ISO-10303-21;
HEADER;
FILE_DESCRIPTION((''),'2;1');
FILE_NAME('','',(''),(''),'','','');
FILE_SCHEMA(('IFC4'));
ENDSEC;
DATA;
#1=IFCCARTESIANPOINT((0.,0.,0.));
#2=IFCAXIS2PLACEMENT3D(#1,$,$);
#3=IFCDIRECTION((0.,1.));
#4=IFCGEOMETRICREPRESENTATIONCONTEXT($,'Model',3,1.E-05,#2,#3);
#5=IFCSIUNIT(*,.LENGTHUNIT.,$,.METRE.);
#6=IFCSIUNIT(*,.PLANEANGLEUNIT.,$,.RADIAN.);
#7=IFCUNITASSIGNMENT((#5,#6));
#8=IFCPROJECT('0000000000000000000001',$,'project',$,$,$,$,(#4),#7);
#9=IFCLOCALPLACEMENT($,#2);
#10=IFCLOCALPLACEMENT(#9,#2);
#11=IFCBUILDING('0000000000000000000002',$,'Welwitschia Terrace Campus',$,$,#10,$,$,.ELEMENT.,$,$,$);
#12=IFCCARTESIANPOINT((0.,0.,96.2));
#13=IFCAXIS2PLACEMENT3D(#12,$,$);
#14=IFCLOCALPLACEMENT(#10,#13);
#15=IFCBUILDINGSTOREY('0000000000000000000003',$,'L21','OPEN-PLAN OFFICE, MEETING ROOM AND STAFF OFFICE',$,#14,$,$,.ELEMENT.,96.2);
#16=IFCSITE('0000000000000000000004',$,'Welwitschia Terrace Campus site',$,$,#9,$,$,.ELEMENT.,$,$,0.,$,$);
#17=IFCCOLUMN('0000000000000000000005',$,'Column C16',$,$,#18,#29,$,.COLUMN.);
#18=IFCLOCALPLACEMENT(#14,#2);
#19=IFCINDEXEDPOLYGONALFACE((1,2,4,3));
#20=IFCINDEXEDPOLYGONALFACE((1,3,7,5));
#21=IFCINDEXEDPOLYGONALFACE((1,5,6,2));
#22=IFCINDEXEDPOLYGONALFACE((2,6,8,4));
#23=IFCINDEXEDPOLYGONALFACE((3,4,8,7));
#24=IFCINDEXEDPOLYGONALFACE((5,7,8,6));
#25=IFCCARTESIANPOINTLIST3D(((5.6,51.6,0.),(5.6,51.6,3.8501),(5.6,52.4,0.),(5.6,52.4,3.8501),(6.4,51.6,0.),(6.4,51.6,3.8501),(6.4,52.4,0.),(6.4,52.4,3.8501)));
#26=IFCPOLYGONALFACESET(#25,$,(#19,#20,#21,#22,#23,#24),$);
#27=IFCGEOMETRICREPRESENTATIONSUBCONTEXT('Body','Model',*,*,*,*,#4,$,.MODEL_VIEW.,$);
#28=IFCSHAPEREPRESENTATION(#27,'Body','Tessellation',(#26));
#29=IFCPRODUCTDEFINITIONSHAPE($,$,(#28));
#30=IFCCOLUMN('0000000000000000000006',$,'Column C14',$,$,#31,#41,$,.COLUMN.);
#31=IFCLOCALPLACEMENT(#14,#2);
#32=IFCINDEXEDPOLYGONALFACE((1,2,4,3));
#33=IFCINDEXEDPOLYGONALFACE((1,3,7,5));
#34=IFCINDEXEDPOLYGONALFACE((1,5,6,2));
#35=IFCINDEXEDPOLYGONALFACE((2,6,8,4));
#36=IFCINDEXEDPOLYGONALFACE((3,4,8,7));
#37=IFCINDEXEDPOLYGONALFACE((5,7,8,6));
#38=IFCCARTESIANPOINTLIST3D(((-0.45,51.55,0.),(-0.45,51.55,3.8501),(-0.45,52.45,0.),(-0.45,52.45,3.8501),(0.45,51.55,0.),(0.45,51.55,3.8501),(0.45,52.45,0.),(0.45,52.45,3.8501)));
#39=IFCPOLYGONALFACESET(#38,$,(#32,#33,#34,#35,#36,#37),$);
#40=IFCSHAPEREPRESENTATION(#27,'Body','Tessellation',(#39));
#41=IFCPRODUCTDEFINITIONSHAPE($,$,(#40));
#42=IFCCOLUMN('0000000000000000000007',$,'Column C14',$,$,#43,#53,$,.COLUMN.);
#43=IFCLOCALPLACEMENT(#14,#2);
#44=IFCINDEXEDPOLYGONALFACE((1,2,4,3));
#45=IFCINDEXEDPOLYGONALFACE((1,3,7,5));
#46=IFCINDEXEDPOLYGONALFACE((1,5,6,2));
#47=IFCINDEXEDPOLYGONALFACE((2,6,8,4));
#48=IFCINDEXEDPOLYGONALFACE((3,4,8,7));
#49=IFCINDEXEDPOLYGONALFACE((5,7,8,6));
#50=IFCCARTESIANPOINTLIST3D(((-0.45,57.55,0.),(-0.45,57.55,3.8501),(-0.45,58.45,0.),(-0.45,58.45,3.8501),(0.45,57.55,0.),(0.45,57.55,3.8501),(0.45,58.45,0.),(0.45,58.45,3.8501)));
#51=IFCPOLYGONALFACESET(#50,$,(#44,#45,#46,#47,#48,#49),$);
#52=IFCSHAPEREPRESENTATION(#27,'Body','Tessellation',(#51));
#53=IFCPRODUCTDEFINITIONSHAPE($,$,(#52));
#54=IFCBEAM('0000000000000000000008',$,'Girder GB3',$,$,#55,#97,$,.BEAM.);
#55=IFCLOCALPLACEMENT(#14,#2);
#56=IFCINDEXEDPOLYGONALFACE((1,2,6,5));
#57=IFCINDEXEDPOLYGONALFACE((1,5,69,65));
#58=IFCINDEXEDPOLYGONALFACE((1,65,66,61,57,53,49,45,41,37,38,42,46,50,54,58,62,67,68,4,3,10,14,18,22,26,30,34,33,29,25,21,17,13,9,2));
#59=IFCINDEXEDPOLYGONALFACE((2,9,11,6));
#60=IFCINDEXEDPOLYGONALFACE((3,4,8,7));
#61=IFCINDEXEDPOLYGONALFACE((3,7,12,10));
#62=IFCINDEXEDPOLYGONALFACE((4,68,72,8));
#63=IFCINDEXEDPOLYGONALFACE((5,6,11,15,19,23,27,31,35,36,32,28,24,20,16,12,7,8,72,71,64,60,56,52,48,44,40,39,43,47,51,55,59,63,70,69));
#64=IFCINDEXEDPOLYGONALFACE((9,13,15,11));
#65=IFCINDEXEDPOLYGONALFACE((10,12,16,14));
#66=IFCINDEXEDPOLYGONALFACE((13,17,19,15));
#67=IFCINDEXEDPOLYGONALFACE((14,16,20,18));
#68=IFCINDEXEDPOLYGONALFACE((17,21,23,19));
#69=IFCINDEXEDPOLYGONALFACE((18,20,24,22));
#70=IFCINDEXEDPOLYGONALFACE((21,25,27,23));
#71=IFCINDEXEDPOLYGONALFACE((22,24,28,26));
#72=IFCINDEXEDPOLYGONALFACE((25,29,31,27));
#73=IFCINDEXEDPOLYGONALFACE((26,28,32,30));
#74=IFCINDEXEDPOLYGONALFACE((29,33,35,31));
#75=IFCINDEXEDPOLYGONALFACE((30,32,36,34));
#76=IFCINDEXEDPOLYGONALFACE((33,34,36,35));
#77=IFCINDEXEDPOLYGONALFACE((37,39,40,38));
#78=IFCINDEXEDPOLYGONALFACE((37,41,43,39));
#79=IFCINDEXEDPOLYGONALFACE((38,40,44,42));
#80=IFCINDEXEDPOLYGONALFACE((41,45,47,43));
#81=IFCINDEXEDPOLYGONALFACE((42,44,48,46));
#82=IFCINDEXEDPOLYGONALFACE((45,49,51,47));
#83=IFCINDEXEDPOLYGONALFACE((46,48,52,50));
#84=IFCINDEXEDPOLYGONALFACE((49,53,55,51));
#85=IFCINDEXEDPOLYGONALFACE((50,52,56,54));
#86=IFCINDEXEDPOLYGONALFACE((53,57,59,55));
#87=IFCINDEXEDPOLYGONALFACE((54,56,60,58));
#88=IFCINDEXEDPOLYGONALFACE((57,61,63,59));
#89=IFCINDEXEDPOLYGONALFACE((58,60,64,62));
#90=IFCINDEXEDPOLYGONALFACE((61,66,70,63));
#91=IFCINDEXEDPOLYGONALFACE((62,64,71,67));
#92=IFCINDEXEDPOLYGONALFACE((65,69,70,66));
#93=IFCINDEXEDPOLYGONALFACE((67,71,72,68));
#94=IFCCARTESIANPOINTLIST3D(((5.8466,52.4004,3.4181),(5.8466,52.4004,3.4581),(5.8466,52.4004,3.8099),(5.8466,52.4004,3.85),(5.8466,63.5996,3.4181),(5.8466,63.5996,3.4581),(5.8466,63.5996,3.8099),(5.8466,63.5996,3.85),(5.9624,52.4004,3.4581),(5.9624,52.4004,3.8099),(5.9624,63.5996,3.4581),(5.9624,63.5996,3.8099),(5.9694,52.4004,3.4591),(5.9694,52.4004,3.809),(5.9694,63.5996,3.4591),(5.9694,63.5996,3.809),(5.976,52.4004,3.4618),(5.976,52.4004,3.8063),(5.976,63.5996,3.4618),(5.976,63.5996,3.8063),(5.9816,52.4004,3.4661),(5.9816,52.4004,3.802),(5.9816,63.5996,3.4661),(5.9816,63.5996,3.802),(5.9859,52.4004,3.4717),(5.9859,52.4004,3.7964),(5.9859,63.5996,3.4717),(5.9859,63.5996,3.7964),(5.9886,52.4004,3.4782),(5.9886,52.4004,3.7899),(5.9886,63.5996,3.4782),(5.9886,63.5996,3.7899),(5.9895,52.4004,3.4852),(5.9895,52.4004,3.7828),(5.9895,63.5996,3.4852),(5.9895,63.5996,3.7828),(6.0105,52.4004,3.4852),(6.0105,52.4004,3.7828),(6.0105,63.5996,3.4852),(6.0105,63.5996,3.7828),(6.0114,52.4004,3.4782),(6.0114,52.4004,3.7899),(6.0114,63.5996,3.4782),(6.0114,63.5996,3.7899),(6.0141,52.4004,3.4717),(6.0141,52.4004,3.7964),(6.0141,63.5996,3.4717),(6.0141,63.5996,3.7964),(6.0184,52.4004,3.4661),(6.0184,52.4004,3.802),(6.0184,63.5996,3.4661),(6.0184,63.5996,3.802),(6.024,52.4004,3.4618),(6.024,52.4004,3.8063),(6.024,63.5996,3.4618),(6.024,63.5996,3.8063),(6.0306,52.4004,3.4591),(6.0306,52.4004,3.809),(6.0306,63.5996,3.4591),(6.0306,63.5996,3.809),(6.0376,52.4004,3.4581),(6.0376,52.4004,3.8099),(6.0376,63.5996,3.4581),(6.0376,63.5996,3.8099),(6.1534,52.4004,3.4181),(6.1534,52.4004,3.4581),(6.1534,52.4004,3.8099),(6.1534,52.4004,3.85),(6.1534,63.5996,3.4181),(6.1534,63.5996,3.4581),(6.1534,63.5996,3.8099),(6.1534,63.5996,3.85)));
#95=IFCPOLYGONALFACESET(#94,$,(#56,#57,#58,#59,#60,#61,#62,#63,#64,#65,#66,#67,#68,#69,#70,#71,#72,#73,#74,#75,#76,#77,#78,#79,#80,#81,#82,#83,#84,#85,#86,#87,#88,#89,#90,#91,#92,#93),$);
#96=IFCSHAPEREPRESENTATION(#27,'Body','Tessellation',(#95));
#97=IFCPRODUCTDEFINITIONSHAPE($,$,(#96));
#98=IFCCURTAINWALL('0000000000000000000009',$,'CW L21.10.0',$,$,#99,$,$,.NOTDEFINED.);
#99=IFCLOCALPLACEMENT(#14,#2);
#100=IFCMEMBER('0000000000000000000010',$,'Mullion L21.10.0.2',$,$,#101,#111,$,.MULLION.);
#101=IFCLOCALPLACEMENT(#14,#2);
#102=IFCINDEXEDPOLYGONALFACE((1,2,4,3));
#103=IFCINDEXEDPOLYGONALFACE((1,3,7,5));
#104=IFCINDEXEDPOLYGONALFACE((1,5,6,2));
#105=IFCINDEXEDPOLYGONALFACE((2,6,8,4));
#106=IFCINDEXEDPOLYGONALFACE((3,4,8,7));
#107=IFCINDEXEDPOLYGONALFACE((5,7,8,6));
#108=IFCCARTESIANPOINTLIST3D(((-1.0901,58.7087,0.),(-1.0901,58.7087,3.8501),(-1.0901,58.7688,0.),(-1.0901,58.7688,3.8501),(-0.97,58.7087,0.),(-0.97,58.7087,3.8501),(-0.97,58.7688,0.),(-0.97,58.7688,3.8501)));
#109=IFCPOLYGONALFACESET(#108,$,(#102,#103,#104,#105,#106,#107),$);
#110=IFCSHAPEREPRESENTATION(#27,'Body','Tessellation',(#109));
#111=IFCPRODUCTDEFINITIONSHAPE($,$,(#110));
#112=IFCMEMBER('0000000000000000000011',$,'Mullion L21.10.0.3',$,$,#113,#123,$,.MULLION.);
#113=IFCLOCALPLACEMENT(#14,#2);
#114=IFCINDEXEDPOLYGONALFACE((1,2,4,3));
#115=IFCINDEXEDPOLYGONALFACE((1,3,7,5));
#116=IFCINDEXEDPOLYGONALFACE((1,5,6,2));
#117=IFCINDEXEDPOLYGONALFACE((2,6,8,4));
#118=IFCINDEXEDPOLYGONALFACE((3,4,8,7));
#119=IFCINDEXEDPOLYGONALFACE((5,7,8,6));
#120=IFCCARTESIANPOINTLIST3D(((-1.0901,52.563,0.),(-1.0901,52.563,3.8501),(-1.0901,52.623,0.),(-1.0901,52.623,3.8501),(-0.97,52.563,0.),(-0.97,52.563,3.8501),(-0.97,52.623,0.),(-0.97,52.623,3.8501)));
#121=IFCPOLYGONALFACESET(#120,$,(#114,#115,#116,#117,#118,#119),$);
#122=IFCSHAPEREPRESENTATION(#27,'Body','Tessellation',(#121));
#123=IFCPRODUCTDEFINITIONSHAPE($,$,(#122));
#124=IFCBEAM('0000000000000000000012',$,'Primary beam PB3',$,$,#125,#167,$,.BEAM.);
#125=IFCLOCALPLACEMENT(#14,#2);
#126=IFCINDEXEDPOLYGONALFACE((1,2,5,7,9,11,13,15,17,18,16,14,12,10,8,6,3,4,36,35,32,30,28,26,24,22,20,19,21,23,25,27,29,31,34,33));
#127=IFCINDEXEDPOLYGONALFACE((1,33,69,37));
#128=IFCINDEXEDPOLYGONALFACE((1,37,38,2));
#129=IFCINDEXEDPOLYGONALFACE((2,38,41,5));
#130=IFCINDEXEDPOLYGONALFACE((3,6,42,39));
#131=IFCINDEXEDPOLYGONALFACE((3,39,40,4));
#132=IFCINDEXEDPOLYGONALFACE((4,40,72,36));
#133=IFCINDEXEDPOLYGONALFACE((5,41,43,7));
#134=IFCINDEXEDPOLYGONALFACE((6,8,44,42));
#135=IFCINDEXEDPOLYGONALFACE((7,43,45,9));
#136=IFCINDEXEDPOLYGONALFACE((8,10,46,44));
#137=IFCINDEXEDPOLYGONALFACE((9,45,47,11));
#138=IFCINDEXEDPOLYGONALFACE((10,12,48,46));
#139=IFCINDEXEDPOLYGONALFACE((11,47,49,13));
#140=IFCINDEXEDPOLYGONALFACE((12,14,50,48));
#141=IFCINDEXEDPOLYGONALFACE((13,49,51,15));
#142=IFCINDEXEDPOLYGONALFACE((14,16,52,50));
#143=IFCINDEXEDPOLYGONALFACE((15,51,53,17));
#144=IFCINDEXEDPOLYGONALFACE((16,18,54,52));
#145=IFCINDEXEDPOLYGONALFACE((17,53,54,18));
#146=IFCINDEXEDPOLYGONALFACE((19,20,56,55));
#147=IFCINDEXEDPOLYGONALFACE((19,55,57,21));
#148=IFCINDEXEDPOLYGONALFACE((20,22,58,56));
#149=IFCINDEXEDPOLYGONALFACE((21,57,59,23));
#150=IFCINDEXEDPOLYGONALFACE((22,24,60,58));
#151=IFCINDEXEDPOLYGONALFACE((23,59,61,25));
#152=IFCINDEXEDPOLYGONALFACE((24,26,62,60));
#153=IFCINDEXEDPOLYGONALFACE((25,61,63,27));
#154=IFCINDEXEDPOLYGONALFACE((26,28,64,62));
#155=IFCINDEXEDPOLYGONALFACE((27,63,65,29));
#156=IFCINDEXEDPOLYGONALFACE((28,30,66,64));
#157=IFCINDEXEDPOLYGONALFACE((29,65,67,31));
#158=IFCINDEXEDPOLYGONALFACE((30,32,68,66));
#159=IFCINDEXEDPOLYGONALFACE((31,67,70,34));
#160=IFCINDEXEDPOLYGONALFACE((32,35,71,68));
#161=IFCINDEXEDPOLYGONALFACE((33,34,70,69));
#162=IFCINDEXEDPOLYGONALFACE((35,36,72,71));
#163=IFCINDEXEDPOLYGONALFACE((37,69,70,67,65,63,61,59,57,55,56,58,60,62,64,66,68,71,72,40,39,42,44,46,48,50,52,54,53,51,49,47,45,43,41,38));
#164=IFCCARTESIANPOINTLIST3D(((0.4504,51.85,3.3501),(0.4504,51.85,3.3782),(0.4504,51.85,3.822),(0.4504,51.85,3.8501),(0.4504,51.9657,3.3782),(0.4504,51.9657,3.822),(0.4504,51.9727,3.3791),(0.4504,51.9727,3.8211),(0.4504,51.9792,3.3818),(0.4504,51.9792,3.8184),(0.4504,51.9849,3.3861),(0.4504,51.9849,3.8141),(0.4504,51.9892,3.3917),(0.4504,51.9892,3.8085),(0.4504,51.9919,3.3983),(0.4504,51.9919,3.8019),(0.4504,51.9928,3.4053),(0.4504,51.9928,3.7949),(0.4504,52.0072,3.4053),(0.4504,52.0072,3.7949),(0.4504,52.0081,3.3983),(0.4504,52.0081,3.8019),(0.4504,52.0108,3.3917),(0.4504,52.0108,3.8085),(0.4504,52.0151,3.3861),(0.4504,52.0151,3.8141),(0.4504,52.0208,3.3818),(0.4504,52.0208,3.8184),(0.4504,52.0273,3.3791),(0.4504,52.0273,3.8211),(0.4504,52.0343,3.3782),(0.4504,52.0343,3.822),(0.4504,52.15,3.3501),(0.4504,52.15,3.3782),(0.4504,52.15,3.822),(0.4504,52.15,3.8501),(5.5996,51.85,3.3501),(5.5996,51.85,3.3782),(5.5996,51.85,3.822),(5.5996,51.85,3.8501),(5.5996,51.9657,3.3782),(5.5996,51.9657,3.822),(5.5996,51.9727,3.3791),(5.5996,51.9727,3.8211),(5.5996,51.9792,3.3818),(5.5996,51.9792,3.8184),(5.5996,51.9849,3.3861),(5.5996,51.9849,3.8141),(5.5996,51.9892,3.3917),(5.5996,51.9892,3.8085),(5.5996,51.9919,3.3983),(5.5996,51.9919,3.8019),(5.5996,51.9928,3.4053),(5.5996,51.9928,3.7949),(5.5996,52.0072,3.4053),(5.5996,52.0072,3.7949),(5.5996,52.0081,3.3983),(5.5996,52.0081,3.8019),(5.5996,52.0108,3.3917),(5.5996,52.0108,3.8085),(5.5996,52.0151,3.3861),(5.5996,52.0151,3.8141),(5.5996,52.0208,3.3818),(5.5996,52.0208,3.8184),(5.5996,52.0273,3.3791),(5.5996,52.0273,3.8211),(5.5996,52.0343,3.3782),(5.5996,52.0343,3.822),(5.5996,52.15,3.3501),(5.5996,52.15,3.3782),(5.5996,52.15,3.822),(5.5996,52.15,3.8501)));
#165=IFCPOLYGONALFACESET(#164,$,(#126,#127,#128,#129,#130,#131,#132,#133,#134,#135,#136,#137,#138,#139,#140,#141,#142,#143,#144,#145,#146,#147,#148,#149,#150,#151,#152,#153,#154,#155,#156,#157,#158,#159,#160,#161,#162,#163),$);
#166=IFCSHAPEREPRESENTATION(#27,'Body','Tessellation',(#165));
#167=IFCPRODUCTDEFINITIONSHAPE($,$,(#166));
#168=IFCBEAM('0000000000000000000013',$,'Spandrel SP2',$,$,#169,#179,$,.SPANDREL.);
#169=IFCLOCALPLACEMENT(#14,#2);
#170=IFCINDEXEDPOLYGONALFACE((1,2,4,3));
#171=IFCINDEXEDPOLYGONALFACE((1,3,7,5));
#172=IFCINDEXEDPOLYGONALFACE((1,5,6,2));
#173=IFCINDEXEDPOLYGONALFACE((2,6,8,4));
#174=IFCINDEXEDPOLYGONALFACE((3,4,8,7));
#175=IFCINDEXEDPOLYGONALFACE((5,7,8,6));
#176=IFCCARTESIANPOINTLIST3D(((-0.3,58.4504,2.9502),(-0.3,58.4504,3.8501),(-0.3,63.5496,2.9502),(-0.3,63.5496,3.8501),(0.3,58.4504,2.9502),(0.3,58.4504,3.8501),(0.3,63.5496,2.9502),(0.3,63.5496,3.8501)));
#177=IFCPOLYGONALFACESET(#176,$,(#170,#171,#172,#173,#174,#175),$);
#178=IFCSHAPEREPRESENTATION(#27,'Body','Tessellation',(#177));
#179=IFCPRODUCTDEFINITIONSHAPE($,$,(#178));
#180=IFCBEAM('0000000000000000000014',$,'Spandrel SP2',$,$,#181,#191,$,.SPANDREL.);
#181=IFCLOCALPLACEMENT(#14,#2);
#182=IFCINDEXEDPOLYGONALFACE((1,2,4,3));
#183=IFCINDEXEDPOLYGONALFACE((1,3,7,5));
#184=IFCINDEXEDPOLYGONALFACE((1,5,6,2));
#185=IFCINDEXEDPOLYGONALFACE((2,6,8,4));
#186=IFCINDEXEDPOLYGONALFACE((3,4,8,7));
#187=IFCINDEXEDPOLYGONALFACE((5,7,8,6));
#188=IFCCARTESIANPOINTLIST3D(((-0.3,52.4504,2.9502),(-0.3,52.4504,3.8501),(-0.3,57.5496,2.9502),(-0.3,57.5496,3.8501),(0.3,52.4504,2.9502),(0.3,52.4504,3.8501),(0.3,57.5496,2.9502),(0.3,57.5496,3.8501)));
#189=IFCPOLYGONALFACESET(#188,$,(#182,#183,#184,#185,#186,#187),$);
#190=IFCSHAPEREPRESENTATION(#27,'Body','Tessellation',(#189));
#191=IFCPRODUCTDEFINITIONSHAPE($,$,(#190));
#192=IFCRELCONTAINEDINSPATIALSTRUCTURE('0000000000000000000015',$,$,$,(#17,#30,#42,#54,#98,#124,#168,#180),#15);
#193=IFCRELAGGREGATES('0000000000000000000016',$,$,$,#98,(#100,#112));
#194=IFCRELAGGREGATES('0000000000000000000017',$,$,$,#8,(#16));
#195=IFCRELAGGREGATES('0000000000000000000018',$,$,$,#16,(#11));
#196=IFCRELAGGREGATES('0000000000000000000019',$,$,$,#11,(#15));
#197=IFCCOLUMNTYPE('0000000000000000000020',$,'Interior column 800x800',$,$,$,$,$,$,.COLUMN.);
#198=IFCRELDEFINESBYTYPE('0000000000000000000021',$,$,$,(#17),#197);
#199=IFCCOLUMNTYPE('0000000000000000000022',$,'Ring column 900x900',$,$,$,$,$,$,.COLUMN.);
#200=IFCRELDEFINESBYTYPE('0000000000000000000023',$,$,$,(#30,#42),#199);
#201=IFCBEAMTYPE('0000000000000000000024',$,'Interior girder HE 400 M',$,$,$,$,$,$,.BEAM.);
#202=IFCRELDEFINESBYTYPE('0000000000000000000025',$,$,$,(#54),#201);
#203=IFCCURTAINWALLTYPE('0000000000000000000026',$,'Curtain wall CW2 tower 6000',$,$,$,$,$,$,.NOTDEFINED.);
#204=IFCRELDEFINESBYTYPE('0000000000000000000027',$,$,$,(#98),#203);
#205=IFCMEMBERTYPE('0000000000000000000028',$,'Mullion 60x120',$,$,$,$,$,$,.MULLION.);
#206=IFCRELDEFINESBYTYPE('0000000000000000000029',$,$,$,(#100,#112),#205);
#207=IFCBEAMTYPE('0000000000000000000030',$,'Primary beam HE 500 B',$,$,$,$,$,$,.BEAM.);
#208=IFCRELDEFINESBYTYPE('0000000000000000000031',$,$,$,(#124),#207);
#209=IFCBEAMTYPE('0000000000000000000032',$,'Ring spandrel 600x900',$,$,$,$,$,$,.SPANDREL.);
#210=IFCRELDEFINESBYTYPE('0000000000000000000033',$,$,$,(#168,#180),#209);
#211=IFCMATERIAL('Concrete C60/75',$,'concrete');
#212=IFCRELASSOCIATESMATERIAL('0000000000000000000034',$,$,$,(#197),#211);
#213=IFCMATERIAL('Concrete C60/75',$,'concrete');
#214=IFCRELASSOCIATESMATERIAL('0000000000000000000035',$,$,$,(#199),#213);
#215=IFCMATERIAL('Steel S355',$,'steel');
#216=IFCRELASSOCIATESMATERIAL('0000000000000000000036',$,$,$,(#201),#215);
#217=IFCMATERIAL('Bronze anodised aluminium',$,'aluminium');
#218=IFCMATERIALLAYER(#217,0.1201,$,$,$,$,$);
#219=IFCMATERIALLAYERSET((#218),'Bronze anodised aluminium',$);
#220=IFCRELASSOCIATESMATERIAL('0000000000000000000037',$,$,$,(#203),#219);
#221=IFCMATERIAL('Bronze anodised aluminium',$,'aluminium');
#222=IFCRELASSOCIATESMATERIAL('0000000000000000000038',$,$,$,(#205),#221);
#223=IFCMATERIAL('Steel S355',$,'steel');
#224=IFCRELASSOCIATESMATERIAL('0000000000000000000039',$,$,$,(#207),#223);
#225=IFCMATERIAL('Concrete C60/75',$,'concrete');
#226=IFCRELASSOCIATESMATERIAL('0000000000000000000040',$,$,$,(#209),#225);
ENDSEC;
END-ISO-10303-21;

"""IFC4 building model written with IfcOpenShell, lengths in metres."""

from ifc_helpers import new_model, si_unit, direction, frame, origin, origin_2d, place, context, subcontext, project, spatial, rectangle, i_section, extrude, material, layer, layer_set, material_profile, profile_set, type_object, element, aggregate, save


model = new_model("IFC4")

# Units and contexts
model_context = context("Model", 3, precision=1e-05, world=origin(), true_north=direction((0.0, 1.0)))
body_context = subcontext(model_context, "Body", "Model", "MODEL_VIEW")
ifc_project = project(units=[si_unit("LENGTHUNIT", "METRE"), si_unit("PLANEANGLEUNIT", "RADIAN")], contexts=[model_context])

# Site, building, storey
site_placement = place(None, origin())
site = spatial("IfcSite", under=ifc_project, at=site_placement, Name="Welwitschia Terrace Campus site", CompositionType="ELEMENT", RefElevation=0.0)
building_placement = place(site_placement, origin())
building = spatial("IfcBuilding", under=site, at=building_placement, Name="Welwitschia Terrace Campus", CompositionType="ELEMENT")
storey_placement = place(building_placement, frame((0.0, 0.0, 96.2)))
storey = spatial("IfcBuildingStorey", under=building, at=storey_placement, Name="L21", Description="OPEN-PLAN OFFICE, MEETING ROOM AND STAFF OFFICE", CompositionType="ELEMENT", Elevation=96.2)

# Columns
ifc_material_1 = material(Name="Concrete C60/75", Category="concrete")
ifc_material_profile_1 = material_profile(ifc_material_1, rectangle(XDim=0.8, YDim=0.8, at=origin_2d()))
ifc_profile_set_1 = profile_set([ifc_material_profile_1], Name="Concrete C60/75")
column_type_1 = type_object("IfcColumnType", Name="Interior column 800x800", PredefinedType="COLUMN", material=ifc_profile_set_1)
column_placement = place(storey_placement, frame((6.0, 52.0, 0.0), z_axis=(0.0, 0.0, 1.0), x_axis=(1.0, 0.0, 0.0)))
element("IfcColumn", 1, at=column_placement, inside=storey, type_object=column_type_1, Name="Column C16", PredefinedType="COLUMN", context=body_context, shape_type="SweptSolid", body=[
    extrude(rectangle(XDim=0.8, YDim=0.8, at=origin_2d()), origin(), (0.0, 0.0, 1.0), 3.8501),
])
ifc_material_2 = material(Name="Concrete C60/75", Category="concrete")
ifc_material_profile_2 = material_profile(ifc_material_2, rectangle(XDim=0.8999, YDim=0.8999, at=origin_2d()))
ifc_profile_set_2 = profile_set([ifc_material_profile_2], Name="Concrete C60/75")
column_type_2 = type_object("IfcColumnType", Name="Ring column 900x900", PredefinedType="COLUMN", material=ifc_profile_set_2)
for number, where, z_axis, x_axis, name in (
    (2, (0.0, 52.0, 0.0), (0.0, 0.0, 1.0), (1.0, 0.0, 0.0), "Column C14"),
    (3, (0.0, 58.0, 0.0), (0.0, 0.0, 1.0), (1.0, 0.0, 0.0), "Column C14"),
):
    element("IfcColumn", number, at=place(storey_placement, frame(where, z_axis=z_axis, x_axis=x_axis)), inside=storey, type_object=column_type_2, Name=name, PredefinedType="COLUMN", context=body_context, shape_type="SweptSolid", body=[
        extrude(rectangle(XDim=0.8999, YDim=0.8999, at=origin_2d()), origin(), (0.0, 0.0, 1.0), 3.8501),
    ])

# Beam
ifc_material_3 = material(Name="Steel S355", Category="steel")
ifc_material_profile_3 = material_profile(ifc_material_3, i_section(OverallWidth=0.3069, OverallDepth=0.4319, WebThickness=0.021, FlangeThickness=0.04, FilletRadius=0.0271, at=origin_2d()))
ifc_profile_set_3 = profile_set([ifc_material_profile_3], Name="Steel S355")
beam_type_1 = type_object("IfcBeamType", Name="Interior girder HE 400 M", PredefinedType="BEAM", material=ifc_profile_set_3)
beam_1_placement = place(storey_placement, frame((6.0, 52.4004, 3.634), z_axis=(0.0, 1.0, 0.0), x_axis=(-1.0, 0.0, 0.0)))
element("IfcBeam", 4, at=beam_1_placement, inside=storey, type_object=beam_type_1, Name="Girder GB3", PredefinedType="BEAM", context=body_context, shape_type="SweptSolid", body=[
    extrude(i_section(OverallWidth=0.3069, OverallDepth=0.4319, WebThickness=0.021, FlangeThickness=0.04, FilletRadius=0.0271, at=origin_2d()), origin(), (0.0, 0.0, 1.0), 11.1992),
])

# Curtain wall, members
ifc_material_4 = material(Name="Bronze anodised aluminium", Category="aluminium")
ifc_layer_1 = layer(ifc_material_4, 0.1201)
ifc_layer_set_1 = layer_set([ifc_layer_1], Name="Bronze anodised aluminium")
curtain_wall_type = type_object("IfcCurtainWallType", Name="Curtain wall CW2 tower 6000", PredefinedType="NOTDEFINED", material=ifc_layer_set_1)
curtain_wall_placement = place(storey_placement, origin())
curtain_wall = element("IfcCurtainWall", 5, at=curtain_wall_placement, inside=storey, type_object=curtain_wall_type, Name="CW L21.10.0", PredefinedType="NOTDEFINED")
ifc_material_5 = material(Name="Bronze anodised aluminium", Category="aluminium")
ifc_material_profile_4 = material_profile(ifc_material_5, rectangle(XDim=0.1201, YDim=0.0601, at=origin_2d()))
ifc_profile_set_4 = profile_set([ifc_material_profile_4], Name="Bronze anodised aluminium")
member_type = type_object("IfcMemberType", Name="Mullion 60x120", PredefinedType="MULLION", material=ifc_profile_set_4)
member_1_placement = place(storey_placement, frame((-1.03, 58.7388, 0.0), z_axis=(0.0, 0.0, 1.0), x_axis=(1.0, 0.0, 0.0)))
member_1 = element("IfcMember", 6, at=member_1_placement, type_object=member_type, Name="Mullion L21.10.0.2", PredefinedType="MULLION", context=body_context, shape_type="SweptSolid", body=[
    extrude(rectangle(XDim=0.1201, YDim=0.0601, at=origin_2d()), origin(), (0.0, 0.0, 1.0), 3.8501),
])
member_2_placement = place(storey_placement, frame((-1.03, 52.593, 0.0), z_axis=(0.0, 0.0, 1.0), x_axis=(1.0, 0.0, 0.0)))
member_2 = element("IfcMember", 7, at=member_2_placement, type_object=member_type, Name="Mullion L21.10.0.3", PredefinedType="MULLION", context=body_context, shape_type="SweptSolid", body=[
    extrude(rectangle(XDim=0.1201, YDim=0.0601, at=origin_2d()), origin(), (0.0, 0.0, 1.0), 3.8501),
])

# Beams
ifc_material_6 = material(Name="Steel S355", Category="steel")
ifc_material_profile_5 = material_profile(ifc_material_6, i_section(OverallWidth=0.3, OverallDepth=0.5, WebThickness=0.0144, FlangeThickness=0.0281, FilletRadius=0.0271, at=origin_2d()))
ifc_profile_set_5 = profile_set([ifc_material_profile_5], Name="Steel S355")
beam_type_2 = type_object("IfcBeamType", Name="Primary beam HE 500 B", PredefinedType="BEAM", material=ifc_profile_set_5)
beam_2_placement = place(storey_placement, frame((0.4504, 52.0, 3.6001), z_axis=(1.0, 0.0, 0.0), x_axis=(0.0, 1.0, 0.0)))
element("IfcBeam", 8, at=beam_2_placement, inside=storey, type_object=beam_type_2, Name="Primary beam PB3", PredefinedType="BEAM", context=body_context, shape_type="SweptSolid", body=[
    extrude(i_section(OverallWidth=0.3, OverallDepth=0.5, WebThickness=0.0144, FlangeThickness=0.0281, FilletRadius=0.0271, at=origin_2d()), origin(), (0.0, 0.0, 1.0), 5.1492),
])
ifc_material_7 = material(Name="Concrete C60/75", Category="concrete")
ifc_material_profile_6 = material_profile(ifc_material_7, rectangle(XDim=0.6001, YDim=0.8999, at=origin_2d()))
ifc_profile_set_6 = profile_set([ifc_material_profile_6], Name="Concrete C60/75")
beam_type_3 = type_object("IfcBeamType", Name="Ring spandrel 600x900", PredefinedType="SPANDREL", material=ifc_profile_set_6)
for number, where, z_axis, x_axis, name in (
    (9, (0.0, 63.5496, 3.4001), (0.0, -1.0, 0.0), (1.0, 0.0, 0.0), "Spandrel SP2"),
    (10, (0.0, 57.5496, 3.4001), (0.0, -1.0, 0.0), (1.0, 0.0, 0.0), "Spandrel SP2"),
):
    element("IfcBeam", number, at=place(storey_placement, frame(where, z_axis=z_axis, x_axis=x_axis)), inside=storey, type_object=beam_type_3, Name=name, PredefinedType="SPANDREL", context=body_context, shape_type="SweptSolid", body=[
        extrude(rectangle(XDim=0.6001, YDim=0.8999, at=origin_2d()), origin(), (0.0, 0.0, 1.0), 5.0991),
    ])

aggregate(curtain_wall, [member_1, member_2])

save(model, "model.ifc")
